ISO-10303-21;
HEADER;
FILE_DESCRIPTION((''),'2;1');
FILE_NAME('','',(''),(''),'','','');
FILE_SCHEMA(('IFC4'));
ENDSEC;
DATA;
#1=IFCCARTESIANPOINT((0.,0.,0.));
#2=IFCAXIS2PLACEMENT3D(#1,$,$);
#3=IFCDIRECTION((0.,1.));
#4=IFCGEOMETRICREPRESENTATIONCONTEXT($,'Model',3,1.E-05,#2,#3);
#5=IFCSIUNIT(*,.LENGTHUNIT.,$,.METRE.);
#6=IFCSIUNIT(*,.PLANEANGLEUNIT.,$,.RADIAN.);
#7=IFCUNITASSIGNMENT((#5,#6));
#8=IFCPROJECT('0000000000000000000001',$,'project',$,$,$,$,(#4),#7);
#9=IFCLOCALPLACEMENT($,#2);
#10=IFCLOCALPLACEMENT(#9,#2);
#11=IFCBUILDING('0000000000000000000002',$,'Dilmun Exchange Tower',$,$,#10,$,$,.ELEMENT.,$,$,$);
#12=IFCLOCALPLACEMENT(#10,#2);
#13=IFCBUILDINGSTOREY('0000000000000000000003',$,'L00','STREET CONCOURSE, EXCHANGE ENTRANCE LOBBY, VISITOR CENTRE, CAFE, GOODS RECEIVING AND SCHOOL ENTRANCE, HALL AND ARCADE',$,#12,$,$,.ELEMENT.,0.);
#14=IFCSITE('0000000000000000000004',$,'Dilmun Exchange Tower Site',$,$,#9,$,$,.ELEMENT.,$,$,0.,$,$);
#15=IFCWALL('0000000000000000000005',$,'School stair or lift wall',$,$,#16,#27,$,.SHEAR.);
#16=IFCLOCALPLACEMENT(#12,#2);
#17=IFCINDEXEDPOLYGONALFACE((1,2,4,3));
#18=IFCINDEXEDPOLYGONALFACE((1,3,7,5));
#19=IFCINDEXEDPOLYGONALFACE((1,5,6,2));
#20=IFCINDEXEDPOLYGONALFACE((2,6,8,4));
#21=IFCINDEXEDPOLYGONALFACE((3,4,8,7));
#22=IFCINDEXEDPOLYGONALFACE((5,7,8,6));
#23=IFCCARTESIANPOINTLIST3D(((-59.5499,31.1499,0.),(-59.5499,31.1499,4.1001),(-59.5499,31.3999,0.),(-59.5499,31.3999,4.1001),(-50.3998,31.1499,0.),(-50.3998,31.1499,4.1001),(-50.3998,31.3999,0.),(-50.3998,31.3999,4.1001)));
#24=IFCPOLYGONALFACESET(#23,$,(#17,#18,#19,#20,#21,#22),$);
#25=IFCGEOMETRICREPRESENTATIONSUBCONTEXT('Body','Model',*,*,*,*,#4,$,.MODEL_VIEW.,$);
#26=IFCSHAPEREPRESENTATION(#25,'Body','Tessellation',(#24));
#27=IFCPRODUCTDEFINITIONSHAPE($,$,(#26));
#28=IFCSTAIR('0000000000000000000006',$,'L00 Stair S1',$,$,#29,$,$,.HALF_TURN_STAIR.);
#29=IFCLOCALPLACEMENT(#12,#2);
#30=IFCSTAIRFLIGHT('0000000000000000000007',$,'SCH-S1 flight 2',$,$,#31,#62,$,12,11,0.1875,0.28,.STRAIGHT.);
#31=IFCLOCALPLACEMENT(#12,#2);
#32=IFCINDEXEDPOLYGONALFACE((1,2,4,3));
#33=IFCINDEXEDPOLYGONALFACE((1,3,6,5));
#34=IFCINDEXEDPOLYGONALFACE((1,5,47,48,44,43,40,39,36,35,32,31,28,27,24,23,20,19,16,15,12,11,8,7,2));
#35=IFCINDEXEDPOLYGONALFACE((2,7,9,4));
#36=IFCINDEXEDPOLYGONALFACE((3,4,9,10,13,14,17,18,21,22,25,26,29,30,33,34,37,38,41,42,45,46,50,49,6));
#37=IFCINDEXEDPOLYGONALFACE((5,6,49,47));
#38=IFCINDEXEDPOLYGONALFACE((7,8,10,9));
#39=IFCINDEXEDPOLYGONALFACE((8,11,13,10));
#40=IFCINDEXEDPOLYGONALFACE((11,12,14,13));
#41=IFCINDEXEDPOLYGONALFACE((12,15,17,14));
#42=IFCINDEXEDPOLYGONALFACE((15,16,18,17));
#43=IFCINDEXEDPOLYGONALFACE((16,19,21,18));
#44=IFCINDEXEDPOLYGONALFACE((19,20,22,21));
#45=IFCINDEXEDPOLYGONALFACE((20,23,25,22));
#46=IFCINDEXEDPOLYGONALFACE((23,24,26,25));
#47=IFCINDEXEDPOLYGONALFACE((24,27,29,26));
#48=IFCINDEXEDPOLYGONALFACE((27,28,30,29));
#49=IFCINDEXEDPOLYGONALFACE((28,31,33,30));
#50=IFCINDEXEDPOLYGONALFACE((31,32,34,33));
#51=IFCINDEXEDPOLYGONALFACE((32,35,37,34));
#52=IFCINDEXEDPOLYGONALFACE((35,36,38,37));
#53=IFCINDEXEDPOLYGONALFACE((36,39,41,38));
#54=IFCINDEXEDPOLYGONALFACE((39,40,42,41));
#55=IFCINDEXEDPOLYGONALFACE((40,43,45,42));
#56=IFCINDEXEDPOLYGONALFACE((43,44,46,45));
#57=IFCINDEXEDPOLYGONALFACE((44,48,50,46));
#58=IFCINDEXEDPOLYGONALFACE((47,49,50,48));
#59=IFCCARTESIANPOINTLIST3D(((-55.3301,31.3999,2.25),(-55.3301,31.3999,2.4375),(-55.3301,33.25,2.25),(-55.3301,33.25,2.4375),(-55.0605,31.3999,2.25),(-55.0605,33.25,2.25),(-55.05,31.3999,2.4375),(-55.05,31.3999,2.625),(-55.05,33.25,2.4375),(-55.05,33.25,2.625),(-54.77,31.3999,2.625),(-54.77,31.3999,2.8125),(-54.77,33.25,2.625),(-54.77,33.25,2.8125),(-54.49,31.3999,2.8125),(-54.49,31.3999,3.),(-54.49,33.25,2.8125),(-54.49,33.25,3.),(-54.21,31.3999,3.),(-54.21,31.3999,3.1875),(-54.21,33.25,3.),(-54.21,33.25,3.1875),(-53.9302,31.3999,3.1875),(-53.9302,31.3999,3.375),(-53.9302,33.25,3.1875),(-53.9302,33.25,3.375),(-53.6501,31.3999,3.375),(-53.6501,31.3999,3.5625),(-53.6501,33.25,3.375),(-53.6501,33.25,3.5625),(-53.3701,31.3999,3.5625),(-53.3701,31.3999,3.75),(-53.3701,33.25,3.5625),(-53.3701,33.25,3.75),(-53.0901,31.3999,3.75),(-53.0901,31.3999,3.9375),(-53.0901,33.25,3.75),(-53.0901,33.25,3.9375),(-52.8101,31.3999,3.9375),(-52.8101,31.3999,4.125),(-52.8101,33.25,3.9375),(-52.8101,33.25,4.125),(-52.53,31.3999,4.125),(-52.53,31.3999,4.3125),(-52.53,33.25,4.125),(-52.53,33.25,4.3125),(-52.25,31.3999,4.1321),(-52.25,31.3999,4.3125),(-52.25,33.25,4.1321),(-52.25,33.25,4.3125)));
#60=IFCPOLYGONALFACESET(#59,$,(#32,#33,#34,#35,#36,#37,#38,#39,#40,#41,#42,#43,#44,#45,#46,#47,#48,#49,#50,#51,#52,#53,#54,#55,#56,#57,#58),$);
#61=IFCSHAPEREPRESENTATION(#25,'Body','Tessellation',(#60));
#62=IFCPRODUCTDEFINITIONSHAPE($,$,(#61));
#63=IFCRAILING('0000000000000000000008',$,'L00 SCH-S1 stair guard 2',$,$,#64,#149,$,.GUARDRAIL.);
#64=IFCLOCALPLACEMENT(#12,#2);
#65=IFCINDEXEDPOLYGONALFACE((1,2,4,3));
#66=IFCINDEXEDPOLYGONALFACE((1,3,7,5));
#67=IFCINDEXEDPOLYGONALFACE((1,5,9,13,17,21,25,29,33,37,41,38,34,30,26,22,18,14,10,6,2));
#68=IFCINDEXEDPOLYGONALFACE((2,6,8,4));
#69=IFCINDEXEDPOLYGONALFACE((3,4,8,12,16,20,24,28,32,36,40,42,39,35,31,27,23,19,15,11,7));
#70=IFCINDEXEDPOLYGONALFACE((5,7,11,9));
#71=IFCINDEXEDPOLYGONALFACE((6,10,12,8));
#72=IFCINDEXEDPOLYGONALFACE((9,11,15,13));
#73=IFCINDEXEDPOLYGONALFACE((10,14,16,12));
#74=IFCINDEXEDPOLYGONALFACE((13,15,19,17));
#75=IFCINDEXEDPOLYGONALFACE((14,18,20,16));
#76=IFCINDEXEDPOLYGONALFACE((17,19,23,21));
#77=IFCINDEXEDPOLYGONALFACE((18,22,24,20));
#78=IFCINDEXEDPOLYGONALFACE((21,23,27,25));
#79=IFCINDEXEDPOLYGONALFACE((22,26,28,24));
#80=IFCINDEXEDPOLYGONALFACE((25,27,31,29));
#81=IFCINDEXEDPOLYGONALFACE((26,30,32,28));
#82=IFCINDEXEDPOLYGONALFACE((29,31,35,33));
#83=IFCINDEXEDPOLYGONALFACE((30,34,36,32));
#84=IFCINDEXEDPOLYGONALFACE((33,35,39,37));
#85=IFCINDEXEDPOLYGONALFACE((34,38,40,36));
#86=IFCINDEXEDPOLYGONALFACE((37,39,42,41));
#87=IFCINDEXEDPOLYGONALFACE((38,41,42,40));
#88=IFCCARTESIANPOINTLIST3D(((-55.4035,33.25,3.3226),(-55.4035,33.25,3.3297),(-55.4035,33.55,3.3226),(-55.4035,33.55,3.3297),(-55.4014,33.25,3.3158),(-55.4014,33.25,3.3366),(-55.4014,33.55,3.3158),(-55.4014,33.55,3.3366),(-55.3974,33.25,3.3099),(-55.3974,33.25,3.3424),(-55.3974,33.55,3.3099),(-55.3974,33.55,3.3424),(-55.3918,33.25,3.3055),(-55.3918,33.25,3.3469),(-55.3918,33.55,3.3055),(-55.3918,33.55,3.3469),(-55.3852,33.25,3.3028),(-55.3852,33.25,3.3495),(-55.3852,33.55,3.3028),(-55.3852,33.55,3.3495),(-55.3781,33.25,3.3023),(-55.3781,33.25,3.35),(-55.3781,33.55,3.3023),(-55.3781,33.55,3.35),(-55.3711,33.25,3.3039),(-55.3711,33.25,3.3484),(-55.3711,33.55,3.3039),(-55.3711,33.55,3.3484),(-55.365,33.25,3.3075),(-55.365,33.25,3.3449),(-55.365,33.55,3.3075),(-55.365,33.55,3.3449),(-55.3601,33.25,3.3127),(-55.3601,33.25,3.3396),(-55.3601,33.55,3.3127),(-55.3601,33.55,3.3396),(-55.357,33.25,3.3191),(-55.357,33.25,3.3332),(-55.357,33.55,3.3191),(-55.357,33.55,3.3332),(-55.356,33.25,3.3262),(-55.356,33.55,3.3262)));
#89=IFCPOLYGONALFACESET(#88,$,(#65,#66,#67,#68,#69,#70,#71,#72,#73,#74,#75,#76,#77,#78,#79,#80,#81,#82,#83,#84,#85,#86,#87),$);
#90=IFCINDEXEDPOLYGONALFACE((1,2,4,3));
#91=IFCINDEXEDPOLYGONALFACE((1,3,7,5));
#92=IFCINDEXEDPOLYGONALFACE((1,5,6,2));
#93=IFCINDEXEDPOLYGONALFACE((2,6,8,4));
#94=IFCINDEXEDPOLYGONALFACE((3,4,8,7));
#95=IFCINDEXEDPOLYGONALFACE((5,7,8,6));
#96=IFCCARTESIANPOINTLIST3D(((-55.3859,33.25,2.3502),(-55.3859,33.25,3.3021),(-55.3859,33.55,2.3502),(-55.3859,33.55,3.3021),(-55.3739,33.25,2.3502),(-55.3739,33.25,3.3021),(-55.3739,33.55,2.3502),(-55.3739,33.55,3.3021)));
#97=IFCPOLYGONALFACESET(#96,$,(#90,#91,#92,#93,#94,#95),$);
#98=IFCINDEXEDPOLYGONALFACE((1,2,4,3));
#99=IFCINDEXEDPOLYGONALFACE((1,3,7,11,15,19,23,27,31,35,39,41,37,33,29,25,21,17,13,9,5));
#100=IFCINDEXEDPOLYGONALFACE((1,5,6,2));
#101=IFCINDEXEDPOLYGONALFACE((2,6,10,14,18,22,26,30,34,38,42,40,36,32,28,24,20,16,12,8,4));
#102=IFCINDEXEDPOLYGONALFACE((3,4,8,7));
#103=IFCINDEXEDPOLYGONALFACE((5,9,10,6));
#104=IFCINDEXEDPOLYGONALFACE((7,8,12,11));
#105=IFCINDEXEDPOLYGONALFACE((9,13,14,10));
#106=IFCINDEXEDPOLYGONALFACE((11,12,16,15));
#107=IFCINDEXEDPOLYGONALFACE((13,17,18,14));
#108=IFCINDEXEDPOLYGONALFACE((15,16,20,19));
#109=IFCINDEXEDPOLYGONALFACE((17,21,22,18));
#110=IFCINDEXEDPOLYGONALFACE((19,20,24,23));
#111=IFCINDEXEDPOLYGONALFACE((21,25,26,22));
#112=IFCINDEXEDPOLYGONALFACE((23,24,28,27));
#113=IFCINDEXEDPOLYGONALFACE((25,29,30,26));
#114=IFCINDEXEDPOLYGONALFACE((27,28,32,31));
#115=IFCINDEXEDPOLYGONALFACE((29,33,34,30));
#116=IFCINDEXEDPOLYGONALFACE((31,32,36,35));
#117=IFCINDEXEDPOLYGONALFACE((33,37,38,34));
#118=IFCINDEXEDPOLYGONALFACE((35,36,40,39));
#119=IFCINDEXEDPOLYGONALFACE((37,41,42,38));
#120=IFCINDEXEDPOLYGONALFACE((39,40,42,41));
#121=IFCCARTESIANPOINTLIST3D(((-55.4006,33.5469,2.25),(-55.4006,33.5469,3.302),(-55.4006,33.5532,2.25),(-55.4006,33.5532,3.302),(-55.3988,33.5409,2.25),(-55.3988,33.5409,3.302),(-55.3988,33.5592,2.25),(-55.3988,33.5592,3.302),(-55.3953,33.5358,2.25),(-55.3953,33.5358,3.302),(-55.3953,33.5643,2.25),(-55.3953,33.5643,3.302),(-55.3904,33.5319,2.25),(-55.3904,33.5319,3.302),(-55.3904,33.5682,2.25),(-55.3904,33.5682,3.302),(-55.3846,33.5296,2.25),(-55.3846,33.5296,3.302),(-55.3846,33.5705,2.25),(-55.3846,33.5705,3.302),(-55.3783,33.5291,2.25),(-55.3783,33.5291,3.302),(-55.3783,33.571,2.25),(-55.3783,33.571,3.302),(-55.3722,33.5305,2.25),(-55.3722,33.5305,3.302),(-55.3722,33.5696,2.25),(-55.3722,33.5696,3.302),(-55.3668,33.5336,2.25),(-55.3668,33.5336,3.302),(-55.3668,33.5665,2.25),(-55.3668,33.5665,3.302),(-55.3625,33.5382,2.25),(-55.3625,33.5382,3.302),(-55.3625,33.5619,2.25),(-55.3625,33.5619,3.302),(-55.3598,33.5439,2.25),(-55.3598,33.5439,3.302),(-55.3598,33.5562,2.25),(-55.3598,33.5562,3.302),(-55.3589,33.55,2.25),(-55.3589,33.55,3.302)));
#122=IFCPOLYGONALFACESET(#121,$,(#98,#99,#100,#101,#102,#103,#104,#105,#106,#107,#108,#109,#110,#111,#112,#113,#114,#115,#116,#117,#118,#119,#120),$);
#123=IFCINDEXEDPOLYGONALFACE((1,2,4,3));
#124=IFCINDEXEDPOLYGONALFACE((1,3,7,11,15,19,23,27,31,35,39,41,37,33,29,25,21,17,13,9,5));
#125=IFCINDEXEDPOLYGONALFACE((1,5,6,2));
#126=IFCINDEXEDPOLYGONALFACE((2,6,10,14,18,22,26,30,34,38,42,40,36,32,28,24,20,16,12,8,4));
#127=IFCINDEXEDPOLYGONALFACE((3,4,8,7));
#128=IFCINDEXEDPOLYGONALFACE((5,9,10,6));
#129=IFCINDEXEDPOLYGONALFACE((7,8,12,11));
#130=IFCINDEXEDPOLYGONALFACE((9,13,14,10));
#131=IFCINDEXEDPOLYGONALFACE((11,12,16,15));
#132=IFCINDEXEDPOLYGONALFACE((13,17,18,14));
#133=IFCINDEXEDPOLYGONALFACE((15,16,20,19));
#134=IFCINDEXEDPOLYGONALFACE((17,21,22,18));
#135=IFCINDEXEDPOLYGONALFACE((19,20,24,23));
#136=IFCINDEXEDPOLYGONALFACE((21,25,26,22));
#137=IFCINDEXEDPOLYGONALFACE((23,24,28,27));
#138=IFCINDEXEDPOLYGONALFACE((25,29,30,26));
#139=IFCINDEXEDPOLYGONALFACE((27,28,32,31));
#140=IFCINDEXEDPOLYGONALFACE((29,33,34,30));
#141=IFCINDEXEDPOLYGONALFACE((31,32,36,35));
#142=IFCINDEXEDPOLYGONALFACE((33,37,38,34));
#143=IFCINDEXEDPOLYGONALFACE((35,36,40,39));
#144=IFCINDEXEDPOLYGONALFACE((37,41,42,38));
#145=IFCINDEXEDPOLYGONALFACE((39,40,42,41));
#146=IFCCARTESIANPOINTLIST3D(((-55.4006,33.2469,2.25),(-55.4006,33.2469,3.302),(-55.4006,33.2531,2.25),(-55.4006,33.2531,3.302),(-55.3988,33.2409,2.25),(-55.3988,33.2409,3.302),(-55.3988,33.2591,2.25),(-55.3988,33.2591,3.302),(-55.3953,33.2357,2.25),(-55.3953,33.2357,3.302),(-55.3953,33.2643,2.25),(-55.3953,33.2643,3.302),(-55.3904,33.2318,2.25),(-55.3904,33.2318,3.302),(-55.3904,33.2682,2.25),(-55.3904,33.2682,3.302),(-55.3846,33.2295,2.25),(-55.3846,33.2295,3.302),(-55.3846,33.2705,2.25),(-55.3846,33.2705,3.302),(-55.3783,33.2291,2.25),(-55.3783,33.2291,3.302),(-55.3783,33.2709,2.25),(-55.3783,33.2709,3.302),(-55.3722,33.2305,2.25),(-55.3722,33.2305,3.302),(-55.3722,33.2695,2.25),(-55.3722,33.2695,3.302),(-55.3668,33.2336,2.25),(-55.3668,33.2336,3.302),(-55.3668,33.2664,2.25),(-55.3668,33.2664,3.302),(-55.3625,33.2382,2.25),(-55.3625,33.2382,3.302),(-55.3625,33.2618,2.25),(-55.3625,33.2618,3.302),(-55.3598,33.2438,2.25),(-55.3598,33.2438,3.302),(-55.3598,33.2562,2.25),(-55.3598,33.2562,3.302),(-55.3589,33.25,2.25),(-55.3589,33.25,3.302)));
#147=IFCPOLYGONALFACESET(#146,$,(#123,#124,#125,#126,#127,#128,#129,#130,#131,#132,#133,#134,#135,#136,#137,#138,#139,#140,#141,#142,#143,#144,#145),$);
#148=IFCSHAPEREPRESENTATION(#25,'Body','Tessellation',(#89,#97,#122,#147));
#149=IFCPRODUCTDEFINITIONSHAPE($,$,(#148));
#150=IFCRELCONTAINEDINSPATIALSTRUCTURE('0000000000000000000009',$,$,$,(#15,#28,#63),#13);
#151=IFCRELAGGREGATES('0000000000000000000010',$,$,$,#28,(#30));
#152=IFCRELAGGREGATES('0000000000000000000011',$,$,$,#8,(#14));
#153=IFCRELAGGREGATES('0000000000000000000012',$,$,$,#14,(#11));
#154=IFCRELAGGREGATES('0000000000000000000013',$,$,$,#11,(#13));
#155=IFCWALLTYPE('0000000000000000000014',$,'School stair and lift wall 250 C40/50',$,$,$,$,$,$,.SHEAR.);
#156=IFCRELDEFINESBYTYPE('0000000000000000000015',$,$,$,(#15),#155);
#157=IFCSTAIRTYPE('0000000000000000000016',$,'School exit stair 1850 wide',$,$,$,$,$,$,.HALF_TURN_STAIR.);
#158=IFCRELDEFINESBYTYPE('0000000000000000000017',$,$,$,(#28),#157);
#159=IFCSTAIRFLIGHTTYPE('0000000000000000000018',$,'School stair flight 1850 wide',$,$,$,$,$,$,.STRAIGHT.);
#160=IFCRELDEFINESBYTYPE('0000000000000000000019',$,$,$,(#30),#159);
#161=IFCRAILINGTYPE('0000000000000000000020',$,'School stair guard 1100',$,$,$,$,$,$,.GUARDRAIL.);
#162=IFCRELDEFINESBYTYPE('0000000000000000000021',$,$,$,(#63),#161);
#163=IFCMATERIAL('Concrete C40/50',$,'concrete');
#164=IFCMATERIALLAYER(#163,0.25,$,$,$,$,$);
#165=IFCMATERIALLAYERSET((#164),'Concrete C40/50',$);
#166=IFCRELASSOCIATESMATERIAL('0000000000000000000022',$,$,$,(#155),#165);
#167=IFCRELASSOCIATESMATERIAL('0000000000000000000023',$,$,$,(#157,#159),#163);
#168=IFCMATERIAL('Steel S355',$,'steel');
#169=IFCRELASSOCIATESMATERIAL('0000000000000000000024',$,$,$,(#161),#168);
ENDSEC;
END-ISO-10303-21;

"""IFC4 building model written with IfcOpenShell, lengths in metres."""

from ifc_helpers import new_model, si_unit, direction, frame, frame_2d, origin, origin_2d, place, context, subcontext, project, spatial, polyline, rectangle, circle, outline, extrude, material, layer, layer_set, type_object, element, aggregate, save


model = new_model("IFC4")

# Units and contexts
model_context = context("Model", 3, precision=1e-05, world=origin(), true_north=direction((0.0, 1.0)))
body_context = subcontext(model_context, "Body", "Model", "MODEL_VIEW")
ifc_project = project(units=[si_unit("LENGTHUNIT", "METRE"), si_unit("PLANEANGLEUNIT", "RADIAN")], contexts=[model_context])

# Site, building, storey
site_placement = place(None, origin())
site = spatial("IfcSite", under=ifc_project, at=site_placement, Name="Dilmun Exchange Tower Site", CompositionType="ELEMENT", RefElevation=0.0)
building_placement = place(site_placement, origin())
building = spatial("IfcBuilding", under=site, at=building_placement, Name="Dilmun Exchange Tower", CompositionType="ELEMENT")
storey_placement = place(building_placement, origin())
storey = spatial("IfcBuildingStorey", under=building, at=storey_placement, Name="L00", Description="STREET CONCOURSE, EXCHANGE ENTRANCE LOBBY, VISITOR CENTRE, CAFE, GOODS RECEIVING AND SCHOOL ENTRANCE, HALL AND ARCADE", CompositionType="ELEMENT", Elevation=0.0)

# Shared definitions
ifc_material_1 = material(Name="Concrete C40/50", Category="concrete")

# Wall
ifc_layer_1 = layer(ifc_material_1, 0.25)
ifc_layer_set_1 = layer_set([ifc_layer_1], Name="Concrete C40/50")
wall_type_1 = type_object("IfcWallType", Name="School stair and lift wall 250 C40/50", PredefinedType="SHEAR", material=ifc_layer_set_1)
wall_1_placement = place(storey_placement, frame((-59.55, 31.2749, 0.0), z_axis=(0.0, 0.0, 1.0), x_axis=(1.0, 0.0, 0.0)))
element("IfcWall", 1, at=wall_1_placement, inside=storey, type_object=wall_type_1, Name="School stair or lift wall", PredefinedType="SHEAR", context=body_context, shape_type="SweptSolid", body=[
    extrude(rectangle(XDim=9.1501, YDim=0.25, at=frame_2d((4.5752, 0.0))), origin(), (0.0, 0.0, 1.0), 4.1001),
])

# Stair, stair flight
stair_type = type_object("IfcStairType", Name="School exit stair 1850 wide", PredefinedType="HALF_TURN_STAIR", material=ifc_material_1)
stair_placement = place(storey_placement, origin())
stair = element("IfcStair", 2, at=stair_placement, inside=storey, type_object=stair_type, Name="L00 Stair S1", PredefinedType="HALF_TURN_STAIR")
stair_flight_type = type_object("IfcStairFlightType", Name="School stair flight 1850 wide", PredefinedType="STRAIGHT", material=ifc_material_1)
stair_flight_placement = place(storey_placement, frame((-55.3301, 32.325, 2.25), z_axis=(0.0, 0.0, 1.0), x_axis=(1.0, 0.0, 0.0)))
stair_flight = element("IfcStairFlight", 3, at=stair_flight_placement, type_object=stair_flight_type, Name="SCH-S1 flight 2", NumberOfRisers=12, NumberOfTreads=11, PredefinedType="STRAIGHT", RiserHeight=0.1875, TreadLength=0.28, context=body_context, shape_type="SweptSolid", body=[
    extrude(outline(polyline([(0.0, 0.0), (0.0, 0.1875), (0.28, 0.1875), (0.28, 0.375), (0.5601, 0.375), (0.5601, 0.5625), (0.8401, 0.5625), (0.8401, 0.75), (1.1201, 0.75), (1.1201, 0.9375), (1.3999, 0.9375), (1.3999, 1.125), (1.6799, 1.125), (1.6799, 1.3125), (1.96, 1.3125), (1.96, 1.5), (2.24, 1.5), (2.24, 1.6875), (2.52, 1.6875), (2.52, 1.875), (2.8, 1.875), (2.8, 2.0625), (3.0801, 2.0625), (3.0801, 2.25), (3.0801, 1.8821), (0.2695, 0.0), (0.0, 0.0)])), frame((0.0, 0.925, 0.0), z_axis=(0.0, -1.0, 0.0), x_axis=(1.0, 0.0, 0.0)), (0.0, 0.0, 1.0), 1.8501),
])
aggregate(stair, [stair_flight])

# Railing
ifc_material_2 = material(Name="Steel S355", Category="steel")
railing_type_1 = type_object("IfcRailingType", Name="School stair guard 1100", PredefinedType="GUARDRAIL", material=ifc_material_2)
railing_1_placement = place(storey_placement, frame((-55.3799, 33.55, 2.25)))
element("IfcRailing", 4, at=railing_1_placement, inside=storey, type_object=railing_type_1, Name="L00 SCH-S1 stair guard 2", PredefinedType="GUARDRAIL", context=body_context, shape_type="SweptSolid", body=[
    extrude(circle(Radius=0.0239, at=origin_2d()), frame((0.0, 0.0, 1.0762), z_axis=(0.0, -1.0, 0.0), x_axis=(1.0, 0.0, 0.0)), (0.0, 0.0, 1.0), 0.3),
    extrude(rectangle(XDim=0.012, YDim=0.9519, at=origin_2d()), frame((0.0, 0.0, 0.5762), z_axis=(0.0, -1.0, 0.0), x_axis=(1.0, 0.0, 0.0)), (0.0, 0.0, 1.0), 0.3),
    extrude(circle(Radius=0.021, at=origin_2d()), origin(), (0.0, 0.0, 1.0), 1.052),
    extrude(circle(Radius=0.021, at=origin_2d()), frame((0.0, -0.3, 0.0)), (0.0, 0.0, 1.0), 1.052),
])

save(model, "model.ifc")
